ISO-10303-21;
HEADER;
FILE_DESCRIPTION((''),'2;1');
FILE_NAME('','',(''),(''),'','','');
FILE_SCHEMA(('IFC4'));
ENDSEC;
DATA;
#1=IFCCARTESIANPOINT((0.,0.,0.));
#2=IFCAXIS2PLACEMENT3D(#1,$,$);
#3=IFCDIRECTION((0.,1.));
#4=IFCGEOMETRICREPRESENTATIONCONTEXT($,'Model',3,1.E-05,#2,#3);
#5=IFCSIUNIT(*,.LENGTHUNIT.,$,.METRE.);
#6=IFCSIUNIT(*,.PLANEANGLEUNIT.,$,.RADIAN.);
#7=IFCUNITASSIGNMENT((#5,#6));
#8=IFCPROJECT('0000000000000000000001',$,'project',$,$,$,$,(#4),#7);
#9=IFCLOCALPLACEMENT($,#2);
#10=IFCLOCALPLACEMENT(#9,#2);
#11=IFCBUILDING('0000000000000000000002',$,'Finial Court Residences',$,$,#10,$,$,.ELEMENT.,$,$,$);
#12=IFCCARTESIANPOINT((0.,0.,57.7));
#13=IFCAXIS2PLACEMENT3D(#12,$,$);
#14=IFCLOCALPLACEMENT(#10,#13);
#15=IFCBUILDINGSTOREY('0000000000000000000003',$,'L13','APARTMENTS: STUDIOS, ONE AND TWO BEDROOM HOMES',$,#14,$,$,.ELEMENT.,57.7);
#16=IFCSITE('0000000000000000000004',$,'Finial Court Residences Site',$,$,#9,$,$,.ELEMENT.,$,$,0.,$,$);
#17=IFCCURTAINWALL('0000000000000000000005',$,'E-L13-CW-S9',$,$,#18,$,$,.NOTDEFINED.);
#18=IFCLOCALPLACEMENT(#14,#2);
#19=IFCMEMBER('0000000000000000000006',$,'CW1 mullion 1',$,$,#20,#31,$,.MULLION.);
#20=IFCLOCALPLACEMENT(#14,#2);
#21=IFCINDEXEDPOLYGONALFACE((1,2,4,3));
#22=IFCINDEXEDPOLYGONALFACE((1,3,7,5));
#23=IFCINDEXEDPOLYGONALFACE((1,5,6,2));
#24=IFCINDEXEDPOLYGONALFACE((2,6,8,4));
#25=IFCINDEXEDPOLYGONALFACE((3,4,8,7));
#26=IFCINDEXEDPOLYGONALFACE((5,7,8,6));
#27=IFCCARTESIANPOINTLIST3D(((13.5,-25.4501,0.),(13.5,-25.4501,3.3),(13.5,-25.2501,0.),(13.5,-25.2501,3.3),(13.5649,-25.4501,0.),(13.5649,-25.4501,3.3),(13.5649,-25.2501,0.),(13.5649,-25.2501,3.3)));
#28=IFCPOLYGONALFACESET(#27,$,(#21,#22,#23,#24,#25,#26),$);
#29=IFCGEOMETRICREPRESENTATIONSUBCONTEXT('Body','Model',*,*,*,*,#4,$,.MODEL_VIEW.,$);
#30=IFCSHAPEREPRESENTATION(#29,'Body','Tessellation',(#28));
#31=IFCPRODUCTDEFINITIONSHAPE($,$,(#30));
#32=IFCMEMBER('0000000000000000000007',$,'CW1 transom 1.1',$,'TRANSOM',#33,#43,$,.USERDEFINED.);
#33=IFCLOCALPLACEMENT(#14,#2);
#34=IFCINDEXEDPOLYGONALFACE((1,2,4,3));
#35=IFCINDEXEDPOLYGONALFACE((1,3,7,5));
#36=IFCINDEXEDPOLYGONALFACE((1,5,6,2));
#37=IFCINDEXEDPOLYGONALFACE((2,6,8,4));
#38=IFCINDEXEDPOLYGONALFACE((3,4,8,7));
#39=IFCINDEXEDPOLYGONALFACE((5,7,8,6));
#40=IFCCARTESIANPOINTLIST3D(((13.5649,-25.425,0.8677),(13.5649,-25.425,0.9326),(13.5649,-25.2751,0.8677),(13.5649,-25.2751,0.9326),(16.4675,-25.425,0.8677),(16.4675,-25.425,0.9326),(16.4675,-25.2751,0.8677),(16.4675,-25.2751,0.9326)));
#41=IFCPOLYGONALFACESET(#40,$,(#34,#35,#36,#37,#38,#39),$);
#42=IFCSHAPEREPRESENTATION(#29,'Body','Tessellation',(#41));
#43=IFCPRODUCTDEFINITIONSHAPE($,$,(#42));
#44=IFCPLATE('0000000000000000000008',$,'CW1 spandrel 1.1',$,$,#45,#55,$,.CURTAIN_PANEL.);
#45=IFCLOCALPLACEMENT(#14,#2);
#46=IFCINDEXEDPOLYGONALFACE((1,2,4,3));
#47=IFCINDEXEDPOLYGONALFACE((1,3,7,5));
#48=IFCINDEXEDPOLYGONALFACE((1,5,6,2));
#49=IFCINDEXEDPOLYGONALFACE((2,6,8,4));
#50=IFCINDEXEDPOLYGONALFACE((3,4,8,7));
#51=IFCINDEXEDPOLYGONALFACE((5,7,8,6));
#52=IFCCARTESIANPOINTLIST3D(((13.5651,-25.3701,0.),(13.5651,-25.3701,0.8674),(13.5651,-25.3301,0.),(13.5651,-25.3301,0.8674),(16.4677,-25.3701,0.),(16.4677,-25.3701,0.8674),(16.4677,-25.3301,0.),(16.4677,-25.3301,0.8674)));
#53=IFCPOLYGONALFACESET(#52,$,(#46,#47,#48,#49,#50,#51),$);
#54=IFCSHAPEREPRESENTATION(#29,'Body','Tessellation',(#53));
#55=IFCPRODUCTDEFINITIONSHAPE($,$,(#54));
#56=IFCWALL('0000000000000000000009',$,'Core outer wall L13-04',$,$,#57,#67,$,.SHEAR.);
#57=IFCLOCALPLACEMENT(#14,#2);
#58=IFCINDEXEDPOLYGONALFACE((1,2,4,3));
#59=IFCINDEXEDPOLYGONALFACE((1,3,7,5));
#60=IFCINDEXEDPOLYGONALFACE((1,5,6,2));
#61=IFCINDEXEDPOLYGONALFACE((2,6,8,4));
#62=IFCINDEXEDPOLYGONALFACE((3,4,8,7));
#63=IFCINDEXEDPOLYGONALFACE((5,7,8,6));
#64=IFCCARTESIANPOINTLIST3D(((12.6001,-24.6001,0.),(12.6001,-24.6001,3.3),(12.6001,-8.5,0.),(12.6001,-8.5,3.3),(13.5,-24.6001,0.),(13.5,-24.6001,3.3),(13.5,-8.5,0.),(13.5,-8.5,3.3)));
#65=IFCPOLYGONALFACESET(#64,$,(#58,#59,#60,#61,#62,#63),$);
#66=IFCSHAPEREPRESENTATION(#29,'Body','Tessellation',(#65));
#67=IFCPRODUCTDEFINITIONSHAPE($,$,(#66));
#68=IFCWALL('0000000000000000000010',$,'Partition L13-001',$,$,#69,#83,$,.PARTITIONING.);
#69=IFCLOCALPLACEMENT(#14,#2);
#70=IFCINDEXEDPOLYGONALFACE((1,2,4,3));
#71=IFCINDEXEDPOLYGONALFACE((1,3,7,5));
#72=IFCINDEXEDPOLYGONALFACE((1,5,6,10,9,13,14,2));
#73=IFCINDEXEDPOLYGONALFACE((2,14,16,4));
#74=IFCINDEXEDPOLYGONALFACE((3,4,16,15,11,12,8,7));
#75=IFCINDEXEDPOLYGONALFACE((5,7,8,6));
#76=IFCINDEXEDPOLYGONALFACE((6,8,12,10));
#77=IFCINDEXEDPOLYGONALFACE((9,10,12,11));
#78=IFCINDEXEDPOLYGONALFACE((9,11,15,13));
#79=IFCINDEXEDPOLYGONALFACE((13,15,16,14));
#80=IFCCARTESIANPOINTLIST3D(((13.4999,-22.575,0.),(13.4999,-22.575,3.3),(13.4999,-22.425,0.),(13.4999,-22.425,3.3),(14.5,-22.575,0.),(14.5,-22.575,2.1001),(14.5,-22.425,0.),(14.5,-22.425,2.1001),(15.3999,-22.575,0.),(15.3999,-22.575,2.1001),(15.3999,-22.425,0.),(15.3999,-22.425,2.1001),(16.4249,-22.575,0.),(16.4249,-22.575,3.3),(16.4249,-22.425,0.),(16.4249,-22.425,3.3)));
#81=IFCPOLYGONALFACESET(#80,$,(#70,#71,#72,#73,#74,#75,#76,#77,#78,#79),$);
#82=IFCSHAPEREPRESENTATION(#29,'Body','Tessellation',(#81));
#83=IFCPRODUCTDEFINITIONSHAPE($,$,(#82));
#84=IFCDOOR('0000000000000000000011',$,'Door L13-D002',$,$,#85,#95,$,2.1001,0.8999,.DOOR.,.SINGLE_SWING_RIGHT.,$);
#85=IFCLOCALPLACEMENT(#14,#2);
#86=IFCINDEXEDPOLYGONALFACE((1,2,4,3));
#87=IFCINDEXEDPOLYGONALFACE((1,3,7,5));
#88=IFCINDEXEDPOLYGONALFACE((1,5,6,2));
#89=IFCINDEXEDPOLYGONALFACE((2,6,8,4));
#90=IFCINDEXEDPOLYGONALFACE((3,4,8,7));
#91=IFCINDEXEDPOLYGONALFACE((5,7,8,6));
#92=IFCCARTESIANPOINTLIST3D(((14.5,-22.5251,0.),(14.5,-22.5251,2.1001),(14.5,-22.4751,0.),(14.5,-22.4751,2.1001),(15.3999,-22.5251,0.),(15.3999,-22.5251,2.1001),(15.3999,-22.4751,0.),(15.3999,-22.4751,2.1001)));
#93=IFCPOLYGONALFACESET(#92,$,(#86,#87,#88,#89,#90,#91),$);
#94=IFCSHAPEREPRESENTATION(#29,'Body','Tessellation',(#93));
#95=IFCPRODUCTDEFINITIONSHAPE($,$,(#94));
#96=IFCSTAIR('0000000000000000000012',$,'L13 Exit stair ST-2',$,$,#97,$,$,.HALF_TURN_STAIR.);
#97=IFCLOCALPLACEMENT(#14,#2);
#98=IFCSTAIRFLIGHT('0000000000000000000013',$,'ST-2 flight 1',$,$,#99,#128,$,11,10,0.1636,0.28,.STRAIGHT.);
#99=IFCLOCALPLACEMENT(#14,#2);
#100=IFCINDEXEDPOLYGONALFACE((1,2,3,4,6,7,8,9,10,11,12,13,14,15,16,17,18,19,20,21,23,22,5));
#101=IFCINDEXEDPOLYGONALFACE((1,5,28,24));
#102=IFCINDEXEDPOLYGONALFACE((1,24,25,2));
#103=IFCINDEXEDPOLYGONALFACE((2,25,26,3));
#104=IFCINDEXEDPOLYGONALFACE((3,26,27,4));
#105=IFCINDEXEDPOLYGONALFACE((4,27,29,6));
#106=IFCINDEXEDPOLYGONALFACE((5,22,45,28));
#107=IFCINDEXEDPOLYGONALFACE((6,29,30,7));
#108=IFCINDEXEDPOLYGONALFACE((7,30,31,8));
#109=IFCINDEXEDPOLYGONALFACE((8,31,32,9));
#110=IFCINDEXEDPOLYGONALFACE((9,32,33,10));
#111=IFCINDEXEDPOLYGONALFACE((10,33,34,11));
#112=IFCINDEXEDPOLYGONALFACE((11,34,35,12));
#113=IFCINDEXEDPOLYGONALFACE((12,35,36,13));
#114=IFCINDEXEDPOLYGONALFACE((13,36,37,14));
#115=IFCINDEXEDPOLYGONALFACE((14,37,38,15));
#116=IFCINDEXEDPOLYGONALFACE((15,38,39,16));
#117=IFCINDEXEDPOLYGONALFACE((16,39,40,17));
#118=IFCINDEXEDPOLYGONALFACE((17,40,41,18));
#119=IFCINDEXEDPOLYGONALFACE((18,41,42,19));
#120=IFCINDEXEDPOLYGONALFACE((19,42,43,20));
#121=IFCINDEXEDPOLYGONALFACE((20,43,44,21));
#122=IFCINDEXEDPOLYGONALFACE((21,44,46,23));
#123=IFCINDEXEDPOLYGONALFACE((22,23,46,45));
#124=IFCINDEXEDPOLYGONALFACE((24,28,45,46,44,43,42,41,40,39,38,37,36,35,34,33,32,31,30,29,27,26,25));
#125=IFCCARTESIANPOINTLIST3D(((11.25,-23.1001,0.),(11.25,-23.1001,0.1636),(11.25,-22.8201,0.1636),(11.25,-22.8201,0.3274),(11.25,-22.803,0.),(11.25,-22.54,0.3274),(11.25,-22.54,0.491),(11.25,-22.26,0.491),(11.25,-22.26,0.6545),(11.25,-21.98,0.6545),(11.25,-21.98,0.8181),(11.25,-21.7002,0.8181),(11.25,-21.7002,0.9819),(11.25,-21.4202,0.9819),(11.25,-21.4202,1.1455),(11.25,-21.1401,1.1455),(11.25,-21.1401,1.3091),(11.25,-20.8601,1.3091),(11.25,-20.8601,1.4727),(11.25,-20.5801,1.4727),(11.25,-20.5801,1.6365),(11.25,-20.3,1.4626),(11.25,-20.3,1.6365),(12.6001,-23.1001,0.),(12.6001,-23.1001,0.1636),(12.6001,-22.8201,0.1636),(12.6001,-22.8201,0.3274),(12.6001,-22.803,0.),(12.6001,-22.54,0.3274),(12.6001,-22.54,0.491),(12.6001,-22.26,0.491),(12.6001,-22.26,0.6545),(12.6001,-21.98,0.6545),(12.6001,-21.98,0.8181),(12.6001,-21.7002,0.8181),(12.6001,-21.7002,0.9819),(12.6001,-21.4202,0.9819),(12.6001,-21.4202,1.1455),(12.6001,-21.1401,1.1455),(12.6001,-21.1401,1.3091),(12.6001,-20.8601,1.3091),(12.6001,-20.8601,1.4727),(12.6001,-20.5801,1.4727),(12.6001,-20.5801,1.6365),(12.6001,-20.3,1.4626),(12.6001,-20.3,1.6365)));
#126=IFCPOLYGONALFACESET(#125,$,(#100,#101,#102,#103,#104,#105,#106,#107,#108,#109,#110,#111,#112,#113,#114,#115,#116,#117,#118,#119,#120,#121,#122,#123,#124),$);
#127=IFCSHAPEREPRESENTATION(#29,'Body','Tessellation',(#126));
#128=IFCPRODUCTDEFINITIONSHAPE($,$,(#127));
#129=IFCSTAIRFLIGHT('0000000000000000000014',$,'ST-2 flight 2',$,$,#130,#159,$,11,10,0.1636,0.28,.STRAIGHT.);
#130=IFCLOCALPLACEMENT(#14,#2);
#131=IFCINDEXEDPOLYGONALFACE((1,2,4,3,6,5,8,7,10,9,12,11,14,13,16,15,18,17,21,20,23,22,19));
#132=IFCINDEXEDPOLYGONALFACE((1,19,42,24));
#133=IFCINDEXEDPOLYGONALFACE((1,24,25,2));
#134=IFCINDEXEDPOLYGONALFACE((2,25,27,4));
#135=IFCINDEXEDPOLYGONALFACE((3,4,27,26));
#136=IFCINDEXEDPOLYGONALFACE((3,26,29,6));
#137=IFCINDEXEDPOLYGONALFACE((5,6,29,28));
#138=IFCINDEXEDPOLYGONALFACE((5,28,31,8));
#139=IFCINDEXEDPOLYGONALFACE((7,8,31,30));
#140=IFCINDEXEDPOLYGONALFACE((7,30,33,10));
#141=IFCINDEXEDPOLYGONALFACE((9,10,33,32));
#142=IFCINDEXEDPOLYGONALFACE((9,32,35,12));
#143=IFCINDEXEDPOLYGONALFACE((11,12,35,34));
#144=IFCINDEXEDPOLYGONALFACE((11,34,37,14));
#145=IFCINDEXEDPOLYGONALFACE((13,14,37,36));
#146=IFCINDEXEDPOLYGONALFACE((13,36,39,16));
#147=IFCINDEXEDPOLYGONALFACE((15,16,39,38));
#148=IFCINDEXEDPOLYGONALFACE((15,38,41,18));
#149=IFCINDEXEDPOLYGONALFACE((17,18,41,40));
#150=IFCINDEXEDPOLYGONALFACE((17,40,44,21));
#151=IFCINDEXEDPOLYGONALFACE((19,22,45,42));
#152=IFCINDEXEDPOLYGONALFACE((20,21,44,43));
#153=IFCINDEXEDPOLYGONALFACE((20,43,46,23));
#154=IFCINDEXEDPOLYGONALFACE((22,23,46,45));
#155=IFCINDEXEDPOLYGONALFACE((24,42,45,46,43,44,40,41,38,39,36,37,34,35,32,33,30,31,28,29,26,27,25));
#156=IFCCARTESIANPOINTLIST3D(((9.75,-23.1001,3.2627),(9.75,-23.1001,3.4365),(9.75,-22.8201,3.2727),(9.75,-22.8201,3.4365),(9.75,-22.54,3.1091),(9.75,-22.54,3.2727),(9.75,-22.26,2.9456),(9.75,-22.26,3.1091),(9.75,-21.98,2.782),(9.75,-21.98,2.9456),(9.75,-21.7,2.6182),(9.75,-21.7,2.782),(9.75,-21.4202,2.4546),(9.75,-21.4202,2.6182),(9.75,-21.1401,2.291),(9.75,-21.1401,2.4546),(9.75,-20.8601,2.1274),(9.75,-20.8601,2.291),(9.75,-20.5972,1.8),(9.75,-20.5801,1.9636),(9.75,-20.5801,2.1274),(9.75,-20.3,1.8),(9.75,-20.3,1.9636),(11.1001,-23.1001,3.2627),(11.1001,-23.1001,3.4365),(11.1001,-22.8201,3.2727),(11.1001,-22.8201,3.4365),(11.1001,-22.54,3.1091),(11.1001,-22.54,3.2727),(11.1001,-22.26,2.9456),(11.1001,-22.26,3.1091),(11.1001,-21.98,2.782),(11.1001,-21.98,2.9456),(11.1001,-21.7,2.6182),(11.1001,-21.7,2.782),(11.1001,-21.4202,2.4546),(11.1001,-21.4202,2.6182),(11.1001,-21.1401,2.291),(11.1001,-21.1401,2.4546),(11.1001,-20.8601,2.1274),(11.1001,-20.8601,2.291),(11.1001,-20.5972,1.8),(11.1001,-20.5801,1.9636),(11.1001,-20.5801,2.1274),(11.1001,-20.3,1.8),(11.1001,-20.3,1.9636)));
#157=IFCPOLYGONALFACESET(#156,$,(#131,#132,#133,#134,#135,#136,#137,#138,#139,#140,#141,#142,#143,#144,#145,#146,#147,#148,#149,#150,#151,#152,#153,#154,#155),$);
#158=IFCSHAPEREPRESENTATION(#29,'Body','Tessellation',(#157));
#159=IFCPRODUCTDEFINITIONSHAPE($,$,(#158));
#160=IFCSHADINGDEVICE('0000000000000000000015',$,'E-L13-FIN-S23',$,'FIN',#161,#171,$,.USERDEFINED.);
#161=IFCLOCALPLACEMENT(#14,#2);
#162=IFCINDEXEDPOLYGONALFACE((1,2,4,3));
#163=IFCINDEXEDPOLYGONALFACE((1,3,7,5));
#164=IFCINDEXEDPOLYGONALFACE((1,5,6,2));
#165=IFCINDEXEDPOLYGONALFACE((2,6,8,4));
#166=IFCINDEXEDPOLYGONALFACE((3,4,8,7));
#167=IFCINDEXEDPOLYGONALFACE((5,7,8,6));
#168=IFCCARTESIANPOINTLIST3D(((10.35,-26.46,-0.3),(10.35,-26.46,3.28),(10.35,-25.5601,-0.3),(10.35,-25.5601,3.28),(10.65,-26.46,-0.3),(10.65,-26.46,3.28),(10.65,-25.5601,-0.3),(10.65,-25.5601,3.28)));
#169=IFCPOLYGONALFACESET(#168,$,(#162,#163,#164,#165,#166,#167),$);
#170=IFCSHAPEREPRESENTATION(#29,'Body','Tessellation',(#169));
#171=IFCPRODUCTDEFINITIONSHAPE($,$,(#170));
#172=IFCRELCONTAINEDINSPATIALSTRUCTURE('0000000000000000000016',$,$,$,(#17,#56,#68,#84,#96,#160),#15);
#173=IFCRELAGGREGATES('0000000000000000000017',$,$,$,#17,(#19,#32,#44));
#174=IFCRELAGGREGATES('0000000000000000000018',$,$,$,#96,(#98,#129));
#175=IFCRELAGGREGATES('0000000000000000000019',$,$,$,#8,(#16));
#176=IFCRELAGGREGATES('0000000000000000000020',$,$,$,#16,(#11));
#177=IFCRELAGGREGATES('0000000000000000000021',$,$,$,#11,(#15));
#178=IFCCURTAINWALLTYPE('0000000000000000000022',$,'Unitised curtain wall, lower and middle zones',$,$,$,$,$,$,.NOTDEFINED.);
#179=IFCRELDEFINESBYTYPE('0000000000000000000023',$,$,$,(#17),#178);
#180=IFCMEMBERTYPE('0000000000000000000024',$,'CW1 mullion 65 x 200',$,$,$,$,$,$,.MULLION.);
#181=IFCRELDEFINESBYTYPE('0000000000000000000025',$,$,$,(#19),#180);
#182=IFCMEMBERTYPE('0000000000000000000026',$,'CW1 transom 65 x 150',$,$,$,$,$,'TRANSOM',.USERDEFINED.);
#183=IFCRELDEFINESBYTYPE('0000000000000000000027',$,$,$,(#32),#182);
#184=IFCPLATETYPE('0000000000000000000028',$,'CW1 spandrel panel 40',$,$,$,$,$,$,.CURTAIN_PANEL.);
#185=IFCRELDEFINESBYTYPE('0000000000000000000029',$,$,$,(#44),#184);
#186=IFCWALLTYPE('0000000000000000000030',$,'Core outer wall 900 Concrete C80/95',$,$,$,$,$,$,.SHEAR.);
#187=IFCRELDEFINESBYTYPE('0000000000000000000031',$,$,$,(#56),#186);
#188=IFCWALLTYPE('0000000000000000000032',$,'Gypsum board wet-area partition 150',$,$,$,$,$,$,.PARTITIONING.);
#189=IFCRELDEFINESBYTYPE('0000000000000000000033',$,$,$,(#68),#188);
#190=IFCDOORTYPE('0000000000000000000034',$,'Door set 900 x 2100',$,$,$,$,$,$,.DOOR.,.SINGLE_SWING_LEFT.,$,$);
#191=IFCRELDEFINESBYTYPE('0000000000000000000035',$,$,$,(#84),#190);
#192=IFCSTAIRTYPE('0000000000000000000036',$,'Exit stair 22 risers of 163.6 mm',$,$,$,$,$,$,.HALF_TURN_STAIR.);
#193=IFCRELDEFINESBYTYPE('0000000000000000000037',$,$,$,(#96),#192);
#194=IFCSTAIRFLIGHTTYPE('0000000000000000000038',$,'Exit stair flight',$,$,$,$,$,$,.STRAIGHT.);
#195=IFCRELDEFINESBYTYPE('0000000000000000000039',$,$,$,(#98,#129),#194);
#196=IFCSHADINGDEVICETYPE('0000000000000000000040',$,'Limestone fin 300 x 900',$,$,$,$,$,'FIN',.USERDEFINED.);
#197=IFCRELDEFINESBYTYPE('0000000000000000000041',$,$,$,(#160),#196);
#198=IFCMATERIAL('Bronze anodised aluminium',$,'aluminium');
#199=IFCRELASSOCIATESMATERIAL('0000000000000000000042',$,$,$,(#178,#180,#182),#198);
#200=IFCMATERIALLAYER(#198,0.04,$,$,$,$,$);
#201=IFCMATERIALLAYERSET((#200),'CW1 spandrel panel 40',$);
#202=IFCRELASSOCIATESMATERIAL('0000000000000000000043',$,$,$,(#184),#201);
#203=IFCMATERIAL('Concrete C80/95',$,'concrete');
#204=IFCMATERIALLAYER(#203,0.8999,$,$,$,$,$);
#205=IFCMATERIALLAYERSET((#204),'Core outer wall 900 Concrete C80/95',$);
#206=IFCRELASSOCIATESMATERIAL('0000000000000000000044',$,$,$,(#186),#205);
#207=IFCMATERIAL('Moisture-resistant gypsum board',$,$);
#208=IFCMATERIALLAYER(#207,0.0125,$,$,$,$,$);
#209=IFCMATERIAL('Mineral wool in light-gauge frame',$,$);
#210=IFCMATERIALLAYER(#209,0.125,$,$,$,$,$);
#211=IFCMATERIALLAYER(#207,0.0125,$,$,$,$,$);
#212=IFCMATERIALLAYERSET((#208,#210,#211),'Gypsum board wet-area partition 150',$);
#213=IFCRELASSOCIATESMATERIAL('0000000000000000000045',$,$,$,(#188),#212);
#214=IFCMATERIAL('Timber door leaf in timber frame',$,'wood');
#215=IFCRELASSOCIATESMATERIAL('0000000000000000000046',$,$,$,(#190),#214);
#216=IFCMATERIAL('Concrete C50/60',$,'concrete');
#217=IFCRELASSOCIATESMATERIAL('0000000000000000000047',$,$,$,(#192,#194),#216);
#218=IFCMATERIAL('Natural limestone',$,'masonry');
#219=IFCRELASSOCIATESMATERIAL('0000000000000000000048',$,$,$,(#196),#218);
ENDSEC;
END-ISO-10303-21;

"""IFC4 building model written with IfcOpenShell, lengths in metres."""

from ifc_helpers import new_model, si_unit, direction, frame, frame_2d, origin, origin_2d, place, context, subcontext, project, spatial, polyline, rectangle, outline, extrude, material, layer, layer_set, material_profile, profile_set, type_object, element, fill, aggregate, save


model = new_model("IFC4")

# Units and contexts
model_context = context("Model", 3, precision=1e-05, world=origin(), true_north=direction((0.0, 1.0)))
body_context = subcontext(model_context, "Body", "Model", "MODEL_VIEW")
ifc_project = project(units=[si_unit("LENGTHUNIT", "METRE"), si_unit("PLANEANGLEUNIT", "RADIAN")], contexts=[model_context])

# Site, building, storey
site_placement = place(None, origin())
site = spatial("IfcSite", under=ifc_project, at=site_placement, Name="Finial Court Residences Site", CompositionType="ELEMENT", RefElevation=0.0)
building_placement = place(site_placement, origin())
building = spatial("IfcBuilding", under=site, at=building_placement, Name="Finial Court Residences", CompositionType="ELEMENT")
storey_placement = place(building_placement, frame((0.0, 0.0, 57.7)))
storey = spatial("IfcBuildingStorey", under=building, at=storey_placement, Name="L13", Description="APARTMENTS: STUDIOS, ONE AND TWO BEDROOM HOMES", CompositionType="ELEMENT", Elevation=57.7)

# Curtain wall, members, plate
ifc_material_1 = material(Name="Bronze anodised aluminium", Category="aluminium")
curtain_wall_type = type_object("IfcCurtainWallType", Name="Unitised curtain wall, lower and middle zones", PredefinedType="NOTDEFINED", material=ifc_material_1)
curtain_wall_placement = place(storey_placement, origin())
curtain_wall = element("IfcCurtainWall", 1, at=curtain_wall_placement, inside=storey, type_object=curtain_wall_type, Name="E-L13-CW-S9", PredefinedType="NOTDEFINED")
ifc_material_profile_1 = material_profile(ifc_material_1, rectangle(XDim=0.2, YDim=0.0649, at=origin_2d()), Name="CW1 mullion 65 x 200")
ifc_profile_set_1 = profile_set([ifc_material_profile_1], Name="Bronze anodised aluminium")
member_type_1 = type_object("IfcMemberType", Name="CW1 mullion 65 x 200", PredefinedType="MULLION", material=ifc_profile_set_1)
member_1_placement = place(storey_placement, frame((13.5325, -25.3501, 0.0), z_axis=(0.0, 0.0, 1.0), x_axis=(0.0, 1.0, 0.0)))
member_1 = element("IfcMember", 2, at=member_1_placement, type_object=member_type_1, Name="CW1 mullion 1", PredefinedType="MULLION", context=body_context, shape_type="SweptSolid", body=[
    extrude(rectangle(XDim=0.2, YDim=0.0649, at=origin_2d()), origin(), (0.0, 0.0, 1.0), 3.3),
])
ifc_material_profile_2 = material_profile(ifc_material_1, rectangle(XDim=0.1499, YDim=0.0649, at=origin_2d()), Name="CW1 transom 65 x 150")
ifc_profile_set_2 = profile_set([ifc_material_profile_2], Name="Bronze anodised aluminium")
member_type_2 = type_object("IfcMemberType", Name="CW1 transom 65 x 150", ElementType="TRANSOM", PredefinedType="USERDEFINED", material=ifc_profile_set_2)
member_2_placement = place(storey_placement, frame((13.5649, -25.3501, 0.9001), z_axis=(1.0, 0.0, 0.0), x_axis=(0.0, 1.0, 0.0)))
member_2 = element("IfcMember", 3, at=member_2_placement, type_object=member_type_2, Name="CW1 transom 1.1", ObjectType="TRANSOM", PredefinedType="USERDEFINED", context=body_context, shape_type="SweptSolid", body=[
    extrude(rectangle(XDim=0.1499, YDim=0.0649, at=origin_2d()), origin(), (0.0, 0.0, 1.0), 2.9026),
])
ifc_layer_1 = layer(ifc_material_1, 0.04)
ifc_layer_set_1 = layer_set([ifc_layer_1], Name="CW1 spandrel panel 40")
plate_type = type_object("IfcPlateType", Name="CW1 spandrel panel 40", PredefinedType="CURTAIN_PANEL", material=ifc_layer_set_1)
plate_placement = place(storey_placement, frame((15.0164, -25.3501, 0.0), z_axis=(0.0, 0.0, 1.0), x_axis=(1.0, 0.0, 0.0)))
plate = element("IfcPlate", 4, at=plate_placement, type_object=plate_type, Name="CW1 spandrel 1.1", PredefinedType="CURTAIN_PANEL", context=body_context, shape_type="SweptSolid", body=[
    extrude(rectangle(XDim=2.9026, YDim=0.04, at=origin_2d()), origin(), (0.0, 0.0, 1.0), 0.8674),
])
aggregate(curtain_wall, [member_1, member_2, plate])

# Wall
ifc_material_2 = material(Name="Concrete C80/95", Category="concrete")
ifc_layer_2 = layer(ifc_material_2, 0.8999)
ifc_layer_set_2 = layer_set([ifc_layer_2], Name="Core outer wall 900 Concrete C80/95")
wall_type_1 = type_object("IfcWallType", Name="Core outer wall 900 Concrete C80/95", PredefinedType="SHEAR", material=ifc_layer_set_2)
wall_1_placement = place(storey_placement, frame((13.05, -24.6001, 0.0), z_axis=(0.0, 0.0, 1.0), x_axis=(0.0, 1.0, 0.0)))
element("IfcWall", 5, at=wall_1_placement, inside=storey, type_object=wall_type_1, Name="Core outer wall L13-04", PredefinedType="SHEAR", context=body_context, shape_type="SweptSolid", body=[
    extrude(rectangle(XDim=16.1001, YDim=0.8999, at=frame_2d((8.05, 0.0))), origin(), (0.0, 0.0, 1.0), 3.3),
])

# Wall, opening, door
ifc_material_3 = material(Name="Moisture-resistant gypsum board")
ifc_layer_3 = layer(ifc_material_3, 0.0125)
ifc_material_4 = material(Name="Mineral wool in light-gauge frame")
ifc_layer_4 = layer(ifc_material_4, 0.125)
ifc_layer_5 = layer(ifc_material_3, 0.0125)
ifc_layer_set_3 = layer_set([ifc_layer_3, ifc_layer_4, ifc_layer_5], Name="Gypsum board wet-area partition 150")
wall_type_2 = type_object("IfcWallType", Name="Gypsum board wet-area partition 150", PredefinedType="PARTITIONING", material=ifc_layer_set_3)
wall_2_placement = place(storey_placement, frame((13.5, -22.5, 0.0), z_axis=(0.0, 0.0, 1.0), x_axis=(1.0, 0.0, 0.0)))
wall_2 = element("IfcWall", 6, at=wall_2_placement, inside=storey, type_object=wall_type_2, Name="Partition L13-001", PredefinedType="PARTITIONING", context=body_context, shape_type="SweptSolid", body=[
    extrude(rectangle(XDim=2.925, YDim=0.1499, at=frame_2d((1.4624, 0.0))), origin(), (0.0, 0.0, 1.0), 3.3),
])
opening_placement = place(wall_2_placement, frame((1.0, 0.0, 0.0)))
opening = element("IfcOpeningElement", 7, at=opening_placement, cuts=wall_2, PredefinedType="OPENING", context=body_context, shape_type="SweptSolid", body=[
    extrude(rectangle(XDim=0.8999, YDim=2.1001, at=frame_2d((0.45, 1.05))), frame((0.0, 0.085, 0.0), z_axis=(0.0, -1.0, 0.0), x_axis=(1.0, 0.0, 0.0)), (0.0, 0.0, 1.0), 0.1699),
])
ifc_material_5 = material(Name="Timber door leaf in timber frame", Category="wood")
door_type = type_object("IfcDoorType", Name="Door set 900 x 2100", OperationType="SINGLE_SWING_LEFT", PredefinedType="DOOR", material=ifc_material_5)
door_placement = place(opening_placement, origin())
door = element("IfcDoor", 8, at=door_placement, inside=storey, type_object=door_type, Name="Door L13-D002", OperationType="SINGLE_SWING_RIGHT", OverallHeight=2.1001, OverallWidth=0.8999, PredefinedType="DOOR", context=body_context, shape_type="SweptSolid", body=[
    extrude(rectangle(XDim=0.8999, YDim=2.1001, at=frame_2d((0.45, 1.05))), frame((0.0, 0.0249, 0.0), z_axis=(0.0, -1.0, 0.0), x_axis=(1.0, 0.0, 0.0)), (0.0, 0.0, 1.0), 0.05),
])
fill(opening, door)

# Stair, stair flights
ifc_material_6 = material(Name="Concrete C50/60", Category="concrete")
stair_type = type_object("IfcStairType", Name="Exit stair 22 risers of 163.6 mm", PredefinedType="HALF_TURN_STAIR", material=ifc_material_6)
stair_placement = place(storey_placement, origin())
stair = element("IfcStair", 9, at=stair_placement, inside=storey, type_object=stair_type, Name="L13 Exit stair ST-2", PredefinedType="HALF_TURN_STAIR")
stair_flight_type = type_object("IfcStairFlightType", Name="Exit stair flight", PredefinedType="STRAIGHT", material=ifc_material_6)
stair_flight_1_placement = place(storey_placement, frame((11.925, -23.1001, 0.0), z_axis=(0.0, 0.0, 1.0), x_axis=(0.0, 1.0, 0.0)))
stair_flight_1 = element("IfcStairFlight", 10, at=stair_flight_1_placement, type_object=stair_flight_type, Name="ST-2 flight 1", NumberOfRisers=11, NumberOfTreads=10, PredefinedType="STRAIGHT", RiserHeight=0.1636, TreadLength=0.28, context=body_context, shape_type="SweptSolid", body=[
    extrude(outline(polyline([(0.0, 0.0), (0.0, 0.1636), (0.28, 0.1636), (0.28, 0.3274), (0.5601, 0.3274), (0.5601, 0.491), (0.8401, 0.491), (0.8401, 0.6545), (1.1201, 0.6545), (1.1201, 0.8181), (1.3999, 0.8181), (1.3999, 0.9819), (1.6799, 0.9819), (1.6799, 1.1455), (1.96, 1.1455), (1.96, 1.3091), (2.24, 1.3091), (2.24, 1.4727), (2.52, 1.4727), (2.52, 1.6365), (2.8, 1.6365), (2.8, 1.8), (2.8, 1.4626), (0.2971, 0.0), (0.0, 0.0)])), frame((0.0, 0.675, 0.0), z_axis=(0.0, -1.0, 0.0), x_axis=(1.0, 0.0, 0.0)), (0.0, 0.0, 1.0), 1.3501),
])
stair_flight_2_placement = place(storey_placement, frame((10.425, -20.3, 1.8), z_axis=(0.0, 0.0, 1.0), x_axis=(0.0, -1.0, 0.0)))
stair_flight_2 = element("IfcStairFlight", 11, at=stair_flight_2_placement, type_object=stair_flight_type, Name="ST-2 flight 2", NumberOfRisers=11, NumberOfTreads=10, PredefinedType="STRAIGHT", RiserHeight=0.1636, TreadLength=0.28, context=body_context, shape_type="SweptSolid", body=[
    extrude(outline(polyline([(0.0, 0.0), (0.0, 0.1636), (0.28, 0.1636), (0.28, 0.3274), (0.5601, 0.3274), (0.5601, 0.491), (0.8401, 0.491), (0.8401, 0.6545), (1.1201, 0.6545), (1.1201, 0.8181), (1.3999, 0.8181), (1.3999, 0.9819), (1.6799, 0.9819), (1.6799, 1.1455), (1.96, 1.1455), (1.96, 1.3091), (2.24, 1.3091), (2.24, 1.4727), (2.52, 1.4727), (2.52, 1.6365), (2.8, 1.6365), (2.8, 1.8), (2.8, 1.4626), (0.2971, 0.0), (0.0, 0.0)])), frame((0.0, 0.675, 0.0), z_axis=(0.0, -1.0, 0.0), x_axis=(1.0, 0.0, 0.0)), (0.0, 0.0, 1.0), 1.3501),
])
aggregate(stair, [stair_flight_1, stair_flight_2])

# Shading device
ifc_material_7 = material(Name="Natural limestone", Category="masonry")
shading_device_type = type_object("IfcShadingDeviceType", Name="Limestone fin 300 x 900", ElementType="FIN", PredefinedType="USERDEFINED", material=ifc_material_7)
for number, where, z_axis, x_axis, name in (
    (12, (10.5, -26.01, -0.3), (0.0, 0.0, 1.0), (1.0, 0.0, 0.0), "E-L13-FIN-S23"),
):
    element("IfcShadingDevice", number, at=place(storey_placement, frame(where, z_axis=z_axis, x_axis=x_axis)), inside=storey, type_object=shading_device_type, Name=name, ObjectType="FIN", PredefinedType="USERDEFINED", context=body_context, shape_type="SweptSolid", body=[
        extrude(rectangle(XDim=0.3, YDim=0.8999, at=origin_2d()), origin(), (0.0, 0.0, 1.0), 3.5801),
    ])

save(model, "model.ifc")
